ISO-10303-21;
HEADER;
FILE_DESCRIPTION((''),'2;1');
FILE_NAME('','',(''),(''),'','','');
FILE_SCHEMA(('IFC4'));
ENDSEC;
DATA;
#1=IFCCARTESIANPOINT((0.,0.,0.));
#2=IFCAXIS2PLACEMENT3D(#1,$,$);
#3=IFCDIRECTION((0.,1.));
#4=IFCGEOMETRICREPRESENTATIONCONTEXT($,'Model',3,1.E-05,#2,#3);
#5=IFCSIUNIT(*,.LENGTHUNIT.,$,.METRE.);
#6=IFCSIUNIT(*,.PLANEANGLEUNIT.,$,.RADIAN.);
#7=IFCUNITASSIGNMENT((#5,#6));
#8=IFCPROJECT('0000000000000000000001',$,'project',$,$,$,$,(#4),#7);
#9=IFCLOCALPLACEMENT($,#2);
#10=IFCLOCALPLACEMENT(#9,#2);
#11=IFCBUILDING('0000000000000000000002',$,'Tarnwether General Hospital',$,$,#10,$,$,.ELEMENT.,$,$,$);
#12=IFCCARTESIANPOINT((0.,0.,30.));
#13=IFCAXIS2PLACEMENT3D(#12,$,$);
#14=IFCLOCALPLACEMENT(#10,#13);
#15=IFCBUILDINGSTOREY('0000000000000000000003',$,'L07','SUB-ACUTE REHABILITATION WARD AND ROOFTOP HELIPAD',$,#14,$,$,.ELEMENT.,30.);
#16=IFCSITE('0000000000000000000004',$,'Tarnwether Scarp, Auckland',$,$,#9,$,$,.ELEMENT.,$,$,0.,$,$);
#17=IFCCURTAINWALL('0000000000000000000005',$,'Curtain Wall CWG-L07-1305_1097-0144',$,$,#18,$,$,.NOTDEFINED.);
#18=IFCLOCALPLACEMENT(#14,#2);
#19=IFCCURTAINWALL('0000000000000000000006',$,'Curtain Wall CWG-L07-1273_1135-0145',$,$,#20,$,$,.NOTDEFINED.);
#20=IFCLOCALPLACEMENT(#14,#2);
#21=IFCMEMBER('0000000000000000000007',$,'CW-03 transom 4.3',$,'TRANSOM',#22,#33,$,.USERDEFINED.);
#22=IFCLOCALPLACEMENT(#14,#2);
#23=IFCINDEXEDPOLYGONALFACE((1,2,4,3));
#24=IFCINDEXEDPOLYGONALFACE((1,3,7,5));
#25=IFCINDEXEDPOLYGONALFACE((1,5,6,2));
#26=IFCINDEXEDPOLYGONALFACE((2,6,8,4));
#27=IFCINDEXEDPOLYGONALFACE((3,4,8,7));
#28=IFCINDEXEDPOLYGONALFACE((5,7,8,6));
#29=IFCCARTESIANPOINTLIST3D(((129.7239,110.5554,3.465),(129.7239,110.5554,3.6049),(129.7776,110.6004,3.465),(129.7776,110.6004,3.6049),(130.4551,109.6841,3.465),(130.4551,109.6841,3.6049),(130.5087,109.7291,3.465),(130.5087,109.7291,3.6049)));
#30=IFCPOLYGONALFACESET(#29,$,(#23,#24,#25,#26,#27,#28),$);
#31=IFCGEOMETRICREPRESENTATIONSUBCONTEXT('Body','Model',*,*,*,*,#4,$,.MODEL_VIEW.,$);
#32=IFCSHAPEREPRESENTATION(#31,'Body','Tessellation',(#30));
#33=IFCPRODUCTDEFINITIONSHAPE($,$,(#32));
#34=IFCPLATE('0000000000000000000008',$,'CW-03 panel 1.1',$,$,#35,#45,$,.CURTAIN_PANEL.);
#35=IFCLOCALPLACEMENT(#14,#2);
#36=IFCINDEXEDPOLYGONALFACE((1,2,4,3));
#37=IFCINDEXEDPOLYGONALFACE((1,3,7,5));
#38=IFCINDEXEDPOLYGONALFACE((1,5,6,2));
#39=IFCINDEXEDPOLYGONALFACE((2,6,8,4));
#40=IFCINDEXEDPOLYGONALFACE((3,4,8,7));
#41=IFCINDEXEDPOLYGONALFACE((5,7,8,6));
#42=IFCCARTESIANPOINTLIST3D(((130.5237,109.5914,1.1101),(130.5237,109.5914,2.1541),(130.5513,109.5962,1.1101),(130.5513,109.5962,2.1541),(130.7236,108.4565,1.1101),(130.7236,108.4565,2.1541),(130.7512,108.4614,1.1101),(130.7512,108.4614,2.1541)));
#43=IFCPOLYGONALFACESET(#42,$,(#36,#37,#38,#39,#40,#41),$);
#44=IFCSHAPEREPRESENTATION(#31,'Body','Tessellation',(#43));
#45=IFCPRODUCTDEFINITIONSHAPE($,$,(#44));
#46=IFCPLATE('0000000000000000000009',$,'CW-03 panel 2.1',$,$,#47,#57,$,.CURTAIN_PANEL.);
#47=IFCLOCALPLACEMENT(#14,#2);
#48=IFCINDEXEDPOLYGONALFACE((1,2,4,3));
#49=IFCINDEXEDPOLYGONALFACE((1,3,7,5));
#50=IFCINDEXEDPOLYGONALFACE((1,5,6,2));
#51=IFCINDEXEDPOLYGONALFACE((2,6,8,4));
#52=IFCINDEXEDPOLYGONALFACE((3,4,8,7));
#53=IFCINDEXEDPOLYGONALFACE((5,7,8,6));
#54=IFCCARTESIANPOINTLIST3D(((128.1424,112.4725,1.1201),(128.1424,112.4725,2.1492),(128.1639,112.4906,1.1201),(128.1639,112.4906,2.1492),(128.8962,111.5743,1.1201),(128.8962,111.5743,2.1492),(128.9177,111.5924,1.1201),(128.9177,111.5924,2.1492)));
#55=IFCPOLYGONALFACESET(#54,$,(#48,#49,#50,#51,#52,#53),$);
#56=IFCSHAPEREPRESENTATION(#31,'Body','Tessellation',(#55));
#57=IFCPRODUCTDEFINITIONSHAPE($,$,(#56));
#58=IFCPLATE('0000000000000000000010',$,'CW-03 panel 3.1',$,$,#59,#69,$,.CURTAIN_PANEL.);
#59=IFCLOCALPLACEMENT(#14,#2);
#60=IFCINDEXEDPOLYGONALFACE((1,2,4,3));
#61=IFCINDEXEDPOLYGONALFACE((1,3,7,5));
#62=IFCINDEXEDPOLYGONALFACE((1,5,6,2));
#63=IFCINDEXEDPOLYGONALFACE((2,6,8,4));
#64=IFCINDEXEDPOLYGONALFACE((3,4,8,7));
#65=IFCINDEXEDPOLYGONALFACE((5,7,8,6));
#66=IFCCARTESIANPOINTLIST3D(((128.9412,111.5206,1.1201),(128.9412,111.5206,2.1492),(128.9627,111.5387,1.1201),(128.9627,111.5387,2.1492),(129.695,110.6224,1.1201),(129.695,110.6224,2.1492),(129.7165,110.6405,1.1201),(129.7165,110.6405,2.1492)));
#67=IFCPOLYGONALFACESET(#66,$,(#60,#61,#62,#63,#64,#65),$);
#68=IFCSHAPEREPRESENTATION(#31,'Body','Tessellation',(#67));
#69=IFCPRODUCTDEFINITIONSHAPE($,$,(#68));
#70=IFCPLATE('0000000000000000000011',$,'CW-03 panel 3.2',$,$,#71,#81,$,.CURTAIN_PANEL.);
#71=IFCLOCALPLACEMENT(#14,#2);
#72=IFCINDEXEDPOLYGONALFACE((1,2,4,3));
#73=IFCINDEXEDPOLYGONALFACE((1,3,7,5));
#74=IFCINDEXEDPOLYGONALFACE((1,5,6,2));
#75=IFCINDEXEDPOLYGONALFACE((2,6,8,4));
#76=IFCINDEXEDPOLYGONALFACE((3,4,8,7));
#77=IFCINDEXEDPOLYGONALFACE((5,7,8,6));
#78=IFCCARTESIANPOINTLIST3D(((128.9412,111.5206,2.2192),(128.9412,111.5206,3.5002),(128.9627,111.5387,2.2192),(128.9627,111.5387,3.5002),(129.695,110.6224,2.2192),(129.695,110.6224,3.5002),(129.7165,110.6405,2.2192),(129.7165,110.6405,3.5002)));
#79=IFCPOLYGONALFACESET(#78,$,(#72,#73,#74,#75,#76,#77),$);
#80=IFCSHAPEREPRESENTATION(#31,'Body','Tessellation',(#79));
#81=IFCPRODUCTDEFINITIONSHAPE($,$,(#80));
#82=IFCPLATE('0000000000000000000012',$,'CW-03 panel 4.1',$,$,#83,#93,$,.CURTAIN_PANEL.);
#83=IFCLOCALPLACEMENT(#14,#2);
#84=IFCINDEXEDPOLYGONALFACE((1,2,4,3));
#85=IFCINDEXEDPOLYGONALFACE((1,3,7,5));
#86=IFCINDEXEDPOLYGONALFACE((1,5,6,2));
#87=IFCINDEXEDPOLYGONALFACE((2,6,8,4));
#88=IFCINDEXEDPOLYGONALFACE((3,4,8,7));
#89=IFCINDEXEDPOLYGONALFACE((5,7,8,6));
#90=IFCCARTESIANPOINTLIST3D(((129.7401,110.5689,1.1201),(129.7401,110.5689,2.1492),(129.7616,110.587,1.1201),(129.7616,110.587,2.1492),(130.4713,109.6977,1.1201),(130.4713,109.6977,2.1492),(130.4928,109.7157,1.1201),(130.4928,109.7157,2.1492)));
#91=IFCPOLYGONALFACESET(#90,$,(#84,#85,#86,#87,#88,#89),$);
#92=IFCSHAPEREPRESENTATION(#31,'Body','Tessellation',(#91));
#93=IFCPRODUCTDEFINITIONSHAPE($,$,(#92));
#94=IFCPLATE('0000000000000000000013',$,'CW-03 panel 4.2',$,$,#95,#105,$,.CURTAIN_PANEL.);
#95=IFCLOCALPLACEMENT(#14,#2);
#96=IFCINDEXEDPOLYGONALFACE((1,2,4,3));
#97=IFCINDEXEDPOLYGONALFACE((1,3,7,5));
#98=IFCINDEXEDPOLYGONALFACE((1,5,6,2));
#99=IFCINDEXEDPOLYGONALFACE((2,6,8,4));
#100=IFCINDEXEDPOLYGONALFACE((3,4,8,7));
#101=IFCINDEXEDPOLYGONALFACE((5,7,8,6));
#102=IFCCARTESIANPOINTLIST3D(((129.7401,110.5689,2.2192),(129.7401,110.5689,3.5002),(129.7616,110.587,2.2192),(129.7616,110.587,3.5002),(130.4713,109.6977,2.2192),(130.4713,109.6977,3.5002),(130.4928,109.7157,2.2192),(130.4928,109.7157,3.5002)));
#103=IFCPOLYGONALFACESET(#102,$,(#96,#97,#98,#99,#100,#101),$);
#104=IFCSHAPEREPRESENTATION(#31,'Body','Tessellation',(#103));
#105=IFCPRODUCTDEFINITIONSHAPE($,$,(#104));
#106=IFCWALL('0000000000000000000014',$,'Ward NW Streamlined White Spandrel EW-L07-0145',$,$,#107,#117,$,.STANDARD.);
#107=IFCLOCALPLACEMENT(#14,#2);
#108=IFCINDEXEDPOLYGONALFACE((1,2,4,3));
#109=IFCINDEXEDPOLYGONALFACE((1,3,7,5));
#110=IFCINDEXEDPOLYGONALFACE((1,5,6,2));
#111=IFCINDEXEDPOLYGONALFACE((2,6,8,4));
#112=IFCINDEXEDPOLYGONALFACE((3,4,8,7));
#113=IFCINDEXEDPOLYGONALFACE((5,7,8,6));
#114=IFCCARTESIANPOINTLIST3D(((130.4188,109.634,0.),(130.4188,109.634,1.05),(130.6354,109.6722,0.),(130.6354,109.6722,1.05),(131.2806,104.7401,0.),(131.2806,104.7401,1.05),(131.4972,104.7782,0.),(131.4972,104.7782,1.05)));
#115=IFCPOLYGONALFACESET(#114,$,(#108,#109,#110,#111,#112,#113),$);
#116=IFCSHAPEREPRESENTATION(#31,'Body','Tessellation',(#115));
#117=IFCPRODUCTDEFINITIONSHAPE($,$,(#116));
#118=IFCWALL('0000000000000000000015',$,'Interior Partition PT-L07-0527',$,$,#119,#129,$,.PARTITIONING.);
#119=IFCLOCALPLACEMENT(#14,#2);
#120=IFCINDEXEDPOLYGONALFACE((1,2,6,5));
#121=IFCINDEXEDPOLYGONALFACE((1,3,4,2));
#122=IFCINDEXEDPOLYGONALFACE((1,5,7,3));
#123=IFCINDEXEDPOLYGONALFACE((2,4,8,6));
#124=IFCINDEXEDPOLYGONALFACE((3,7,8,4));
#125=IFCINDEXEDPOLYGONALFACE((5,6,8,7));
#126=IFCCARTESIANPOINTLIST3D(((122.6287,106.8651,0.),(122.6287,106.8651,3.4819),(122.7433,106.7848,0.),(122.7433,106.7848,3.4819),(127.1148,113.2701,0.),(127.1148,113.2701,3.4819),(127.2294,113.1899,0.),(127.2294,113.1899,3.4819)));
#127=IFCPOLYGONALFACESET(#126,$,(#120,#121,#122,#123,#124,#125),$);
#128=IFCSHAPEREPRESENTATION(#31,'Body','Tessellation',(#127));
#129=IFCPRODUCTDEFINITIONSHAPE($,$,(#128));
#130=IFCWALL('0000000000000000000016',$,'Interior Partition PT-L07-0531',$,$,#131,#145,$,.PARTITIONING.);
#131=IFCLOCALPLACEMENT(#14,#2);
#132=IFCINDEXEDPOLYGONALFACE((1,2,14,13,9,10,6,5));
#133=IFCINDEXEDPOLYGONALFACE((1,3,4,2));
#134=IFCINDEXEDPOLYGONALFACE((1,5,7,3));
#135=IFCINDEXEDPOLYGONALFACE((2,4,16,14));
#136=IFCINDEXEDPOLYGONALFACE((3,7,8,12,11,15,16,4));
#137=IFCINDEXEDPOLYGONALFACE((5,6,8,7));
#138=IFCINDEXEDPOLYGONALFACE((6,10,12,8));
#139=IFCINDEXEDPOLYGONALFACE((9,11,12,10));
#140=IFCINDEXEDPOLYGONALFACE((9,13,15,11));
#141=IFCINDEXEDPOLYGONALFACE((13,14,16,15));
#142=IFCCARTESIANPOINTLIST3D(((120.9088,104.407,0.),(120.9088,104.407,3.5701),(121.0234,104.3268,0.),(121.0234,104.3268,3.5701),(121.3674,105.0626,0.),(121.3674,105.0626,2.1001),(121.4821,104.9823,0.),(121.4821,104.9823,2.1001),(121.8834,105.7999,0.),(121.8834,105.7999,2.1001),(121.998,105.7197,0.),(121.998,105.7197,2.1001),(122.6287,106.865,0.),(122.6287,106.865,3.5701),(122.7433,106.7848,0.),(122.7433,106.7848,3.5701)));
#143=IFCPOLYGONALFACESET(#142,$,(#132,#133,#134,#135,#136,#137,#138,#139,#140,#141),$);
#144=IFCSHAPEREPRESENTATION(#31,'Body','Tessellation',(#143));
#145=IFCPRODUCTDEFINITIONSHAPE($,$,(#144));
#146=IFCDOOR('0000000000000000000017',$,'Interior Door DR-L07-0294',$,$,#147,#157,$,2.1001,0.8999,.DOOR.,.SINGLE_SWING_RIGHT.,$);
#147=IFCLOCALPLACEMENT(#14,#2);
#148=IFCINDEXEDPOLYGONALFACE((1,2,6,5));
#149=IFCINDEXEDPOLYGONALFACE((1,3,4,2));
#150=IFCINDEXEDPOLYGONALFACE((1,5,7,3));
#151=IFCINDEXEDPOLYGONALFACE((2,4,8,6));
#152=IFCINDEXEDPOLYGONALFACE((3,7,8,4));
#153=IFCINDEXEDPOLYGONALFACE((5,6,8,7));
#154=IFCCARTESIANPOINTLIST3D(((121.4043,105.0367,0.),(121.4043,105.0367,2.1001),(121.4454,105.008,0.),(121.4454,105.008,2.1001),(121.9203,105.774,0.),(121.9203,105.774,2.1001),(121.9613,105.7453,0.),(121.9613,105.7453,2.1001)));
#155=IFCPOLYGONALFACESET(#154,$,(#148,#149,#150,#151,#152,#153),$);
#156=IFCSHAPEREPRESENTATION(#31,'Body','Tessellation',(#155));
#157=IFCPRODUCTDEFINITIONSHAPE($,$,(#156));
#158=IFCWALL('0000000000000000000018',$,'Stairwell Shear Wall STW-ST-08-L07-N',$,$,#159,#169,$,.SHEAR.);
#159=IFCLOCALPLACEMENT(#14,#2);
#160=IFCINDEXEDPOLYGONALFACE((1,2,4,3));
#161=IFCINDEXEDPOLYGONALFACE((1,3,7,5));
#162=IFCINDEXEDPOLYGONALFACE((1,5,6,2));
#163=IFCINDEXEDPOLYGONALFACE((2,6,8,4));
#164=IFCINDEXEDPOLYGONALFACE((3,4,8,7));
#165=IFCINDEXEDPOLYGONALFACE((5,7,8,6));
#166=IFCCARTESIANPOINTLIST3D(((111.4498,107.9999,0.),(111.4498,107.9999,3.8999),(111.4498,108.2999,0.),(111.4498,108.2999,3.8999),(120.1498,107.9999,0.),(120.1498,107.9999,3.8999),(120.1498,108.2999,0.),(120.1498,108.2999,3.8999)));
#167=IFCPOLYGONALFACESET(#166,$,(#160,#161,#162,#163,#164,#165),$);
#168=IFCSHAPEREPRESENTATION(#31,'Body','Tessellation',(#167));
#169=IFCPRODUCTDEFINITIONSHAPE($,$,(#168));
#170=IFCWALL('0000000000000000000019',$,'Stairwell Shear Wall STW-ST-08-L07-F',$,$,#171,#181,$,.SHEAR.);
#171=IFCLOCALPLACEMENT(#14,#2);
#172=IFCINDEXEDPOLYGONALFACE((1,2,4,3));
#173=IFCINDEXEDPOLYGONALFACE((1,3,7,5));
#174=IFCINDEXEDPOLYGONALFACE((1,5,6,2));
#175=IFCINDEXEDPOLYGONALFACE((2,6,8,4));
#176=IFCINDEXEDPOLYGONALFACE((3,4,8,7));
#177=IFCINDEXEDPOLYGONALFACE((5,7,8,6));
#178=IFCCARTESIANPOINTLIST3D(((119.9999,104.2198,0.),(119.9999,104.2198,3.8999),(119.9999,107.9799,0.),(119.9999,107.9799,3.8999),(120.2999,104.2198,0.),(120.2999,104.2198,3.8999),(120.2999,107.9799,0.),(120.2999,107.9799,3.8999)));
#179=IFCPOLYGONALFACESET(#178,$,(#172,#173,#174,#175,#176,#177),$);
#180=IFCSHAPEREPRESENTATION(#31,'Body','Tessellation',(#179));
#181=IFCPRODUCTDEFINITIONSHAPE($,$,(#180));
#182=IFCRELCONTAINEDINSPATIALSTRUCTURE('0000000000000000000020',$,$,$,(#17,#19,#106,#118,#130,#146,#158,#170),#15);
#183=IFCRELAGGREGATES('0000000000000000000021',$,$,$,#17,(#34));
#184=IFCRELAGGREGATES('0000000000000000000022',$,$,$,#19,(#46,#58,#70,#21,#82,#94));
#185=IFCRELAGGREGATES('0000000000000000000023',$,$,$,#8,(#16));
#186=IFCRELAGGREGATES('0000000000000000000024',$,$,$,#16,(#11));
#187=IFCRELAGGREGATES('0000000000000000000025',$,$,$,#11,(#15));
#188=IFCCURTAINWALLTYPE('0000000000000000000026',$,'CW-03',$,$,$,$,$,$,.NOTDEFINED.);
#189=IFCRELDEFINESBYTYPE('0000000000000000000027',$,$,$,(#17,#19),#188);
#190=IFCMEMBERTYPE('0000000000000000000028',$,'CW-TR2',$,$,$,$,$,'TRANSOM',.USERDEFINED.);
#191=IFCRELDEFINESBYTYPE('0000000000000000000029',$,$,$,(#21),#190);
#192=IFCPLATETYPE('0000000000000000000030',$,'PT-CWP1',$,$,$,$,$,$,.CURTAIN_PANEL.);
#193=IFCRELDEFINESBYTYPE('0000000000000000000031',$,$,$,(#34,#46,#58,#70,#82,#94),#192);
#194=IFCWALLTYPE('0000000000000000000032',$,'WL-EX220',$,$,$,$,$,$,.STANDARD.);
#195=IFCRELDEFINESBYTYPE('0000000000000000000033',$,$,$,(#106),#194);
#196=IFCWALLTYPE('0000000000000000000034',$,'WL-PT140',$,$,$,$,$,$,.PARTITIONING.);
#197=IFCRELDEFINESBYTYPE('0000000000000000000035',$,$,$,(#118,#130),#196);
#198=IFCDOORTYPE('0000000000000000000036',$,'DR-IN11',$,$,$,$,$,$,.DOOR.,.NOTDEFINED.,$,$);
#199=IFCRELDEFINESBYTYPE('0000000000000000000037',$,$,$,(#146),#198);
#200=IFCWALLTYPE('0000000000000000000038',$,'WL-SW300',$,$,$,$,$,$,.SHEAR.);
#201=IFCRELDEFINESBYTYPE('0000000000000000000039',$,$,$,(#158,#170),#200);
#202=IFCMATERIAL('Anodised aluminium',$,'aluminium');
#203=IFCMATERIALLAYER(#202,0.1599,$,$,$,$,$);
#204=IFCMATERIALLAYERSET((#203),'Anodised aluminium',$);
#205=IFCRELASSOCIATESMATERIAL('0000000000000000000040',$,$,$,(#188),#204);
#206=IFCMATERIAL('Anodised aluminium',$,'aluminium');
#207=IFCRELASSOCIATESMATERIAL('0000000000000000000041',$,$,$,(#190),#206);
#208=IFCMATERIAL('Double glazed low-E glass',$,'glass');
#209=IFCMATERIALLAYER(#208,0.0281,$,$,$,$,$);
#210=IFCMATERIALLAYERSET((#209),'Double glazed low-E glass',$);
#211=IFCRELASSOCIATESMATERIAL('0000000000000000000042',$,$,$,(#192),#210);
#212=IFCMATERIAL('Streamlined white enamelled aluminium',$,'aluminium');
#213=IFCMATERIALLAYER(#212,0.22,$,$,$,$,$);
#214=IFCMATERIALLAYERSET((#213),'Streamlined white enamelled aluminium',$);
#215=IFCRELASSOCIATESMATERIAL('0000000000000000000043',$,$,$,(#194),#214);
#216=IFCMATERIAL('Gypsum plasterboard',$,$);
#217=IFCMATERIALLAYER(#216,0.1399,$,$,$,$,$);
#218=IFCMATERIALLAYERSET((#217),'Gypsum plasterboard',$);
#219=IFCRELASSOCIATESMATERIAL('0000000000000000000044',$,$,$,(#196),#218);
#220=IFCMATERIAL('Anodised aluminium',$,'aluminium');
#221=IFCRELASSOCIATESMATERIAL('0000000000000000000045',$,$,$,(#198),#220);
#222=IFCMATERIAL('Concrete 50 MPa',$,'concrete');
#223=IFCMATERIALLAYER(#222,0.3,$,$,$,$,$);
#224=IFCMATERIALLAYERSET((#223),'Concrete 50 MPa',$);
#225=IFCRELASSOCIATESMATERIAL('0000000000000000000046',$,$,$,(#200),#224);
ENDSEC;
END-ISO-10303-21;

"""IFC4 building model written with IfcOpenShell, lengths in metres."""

from ifc_helpers import new_model, si_unit, direction, frame, frame_2d, origin, origin_2d, place, context, subcontext, project, spatial, rectangle, extrude, material, layer, layer_set, material_profile, profile_set, type_object, element, fill, aggregate, save


model = new_model("IFC4")

# Units and contexts
model_context = context("Model", 3, precision=1e-05, world=origin(), true_north=direction((0.0, 1.0)))
body_context = subcontext(model_context, "Body", "Model", "MODEL_VIEW")
ifc_project = project(units=[si_unit("LENGTHUNIT", "METRE"), si_unit("PLANEANGLEUNIT", "RADIAN")], contexts=[model_context])

# Site, building, storey
site_placement = place(None, origin())
site = spatial("IfcSite", under=ifc_project, at=site_placement, Name="Tarnwether Scarp, Auckland", CompositionType="ELEMENT", RefElevation=0.0)
building_placement = place(site_placement, origin())
building = spatial("IfcBuilding", under=site, at=building_placement, Name="Tarnwether General Hospital", CompositionType="ELEMENT")
storey_placement = place(building_placement, frame((0.0, 0.0, 30.0)))
storey = spatial("IfcBuildingStorey", under=building, at=storey_placement, Name="L07", Description="SUB-ACUTE REHABILITATION WARD AND ROOFTOP HELIPAD", CompositionType="ELEMENT", Elevation=30.0)

# Curtain wall
ifc_material_1 = material(Name="Anodised aluminium", Category="aluminium")
ifc_layer_1 = layer(ifc_material_1, 0.1599)
ifc_layer_set_1 = layer_set([ifc_layer_1], Name="Anodised aluminium")
curtain_wall_type = type_object("IfcCurtainWallType", Name="CW-03", PredefinedType="NOTDEFINED", material=ifc_layer_set_1)
curtain_wall_1_placement = place(storey_placement, origin())
curtain_wall_1 = element("IfcCurtainWall", 1, at=curtain_wall_1_placement, inside=storey, type_object=curtain_wall_type, Name="Curtain Wall CWG-L07-1305_1097-0144", PredefinedType="NOTDEFINED")

# Curtain wall
curtain_wall_2_placement = place(storey_placement, origin())
curtain_wall_2 = element("IfcCurtainWall", 2, at=curtain_wall_2_placement, inside=storey, type_object=curtain_wall_type, Name="Curtain Wall CWG-L07-1273_1135-0145", PredefinedType="NOTDEFINED")

# Member
ifc_material_2 = material(Name="Anodised aluminium", Category="aluminium")
ifc_material_profile_1 = material_profile(ifc_material_2, rectangle(XDim=0.0701, YDim=0.1399, at=origin_2d()), Name="ALU-TRN-70x140")
ifc_profile_set_1 = profile_set([ifc_material_profile_1], Name="Anodised aluminium")
member_type_1 = type_object("IfcMemberType", Name="CW-TR2", ElementType="TRANSOM", PredefinedType="USERDEFINED", material=ifc_profile_set_1)
member_1_placement = place(storey_placement, frame((129.7507, 110.5779, 3.5349), z_axis=(0.64282, -0.766018, 0.0), x_axis=(0.766018, 0.64282, 0.0)))
member_1 = element("IfcMember", 3, at=member_1_placement, type_object=member_type_1, Name="CW-03 transom 4.3", ObjectType="TRANSOM", PredefinedType="USERDEFINED", context=body_context, shape_type="SweptSolid", body=[
    extrude(rectangle(XDim=0.0701, YDim=0.1399, at=origin_2d()), origin(), (0.0, 0.0, 1.0), 1.1375),
])

# Plates
ifc_material_3 = material(Name="Double glazed low-E glass", Category="glass")
ifc_layer_2 = layer(ifc_material_3, 0.0281)
ifc_layer_set_2 = layer_set([ifc_layer_2], Name="Double glazed low-E glass")
plate_type = type_object("IfcPlateType", Name="PT-CWP1", PredefinedType="CURTAIN_PANEL", material=ifc_layer_set_2)
plate_1_placement = place(storey_placement, frame((130.6375, 109.0264, 1.1101), z_axis=(0.0, 0.0, 1.0), x_axis=(0.173464, -0.98484, 0.0)))
plate_1 = element("IfcPlate", 4, at=plate_1_placement, type_object=plate_type, Name="CW-03 panel 1.1", PredefinedType="CURTAIN_PANEL", context=body_context, shape_type="SweptSolid", body=[
    extrude(rectangle(XDim=1.1523, YDim=0.0281, at=origin_2d()), origin(), (0.0, 0.0, 1.0), 1.0439),
])
aggregate(curtain_wall_1, [plate_1])
plate_2_placement = place(storey_placement, frame((128.53, 112.0325, 1.1201), z_axis=(0.0, 0.0, 1.0), x_axis=(0.642852, -0.76599, 0.0)))
plate_2 = element("IfcPlate", 5, at=plate_2_placement, type_object=plate_type, Name="CW-03 panel 2.1", PredefinedType="CURTAIN_PANEL", context=body_context, shape_type="SweptSolid", body=[
    extrude(rectangle(XDim=1.1726, YDim=0.0281, at=origin_2d()), origin(), (0.0, 0.0, 1.0), 1.0291),
])
plate_3_placement = place(storey_placement, frame((129.3289, 111.0806, 1.1201), z_axis=(0.0, 0.0, 1.0), x_axis=(0.642852, -0.76599, 0.0)))
plate_3 = element("IfcPlate", 6, at=plate_3_placement, type_object=plate_type, Name="CW-03 panel 3.1", PredefinedType="CURTAIN_PANEL", context=body_context, shape_type="SweptSolid", body=[
    extrude(rectangle(XDim=1.1726, YDim=0.0281, at=origin_2d()), origin(), (0.0, 0.0, 1.0), 1.0291),
])
plate_4_placement = place(storey_placement, frame((129.3289, 111.0806, 2.2192), z_axis=(0.0, 0.0, 1.0), x_axis=(0.642852, -0.76599, 0.0)))
plate_4 = element("IfcPlate", 7, at=plate_4_placement, type_object=plate_type, Name="CW-03 panel 3.2", PredefinedType="CURTAIN_PANEL", context=body_context, shape_type="SweptSolid", body=[
    extrude(rectangle(XDim=1.1726, YDim=0.0281, at=origin_2d()), origin(), (0.0, 0.0, 1.0), 1.281),
])
plate_5_placement = place(storey_placement, frame((130.1165, 110.1423, 1.1201), z_axis=(0.0, 0.0, 1.0), x_axis=(0.642852, -0.76599, 0.0)))
plate_5 = element("IfcPlate", 8, at=plate_5_placement, type_object=plate_type, Name="CW-03 panel 4.1", PredefinedType="CURTAIN_PANEL", context=body_context, shape_type="SweptSolid", body=[
    extrude(rectangle(XDim=1.1375, YDim=0.0281, at=origin_2d()), origin(), (0.0, 0.0, 1.0), 1.0291),
])
plate_6_placement = place(storey_placement, frame((130.1165, 110.1423, 2.2192), z_axis=(0.0, 0.0, 1.0), x_axis=(0.642852, -0.76599, 0.0)))
plate_6 = element("IfcPlate", 9, at=plate_6_placement, type_object=plate_type, Name="CW-03 panel 4.2", PredefinedType="CURTAIN_PANEL", context=body_context, shape_type="SweptSolid", body=[
    extrude(rectangle(XDim=1.1375, YDim=0.0281, at=origin_2d()), origin(), (0.0, 0.0, 1.0), 1.281),
])
aggregate(curtain_wall_2, [plate_2, plate_3, plate_4, member_1, plate_5, plate_6])

# Walls
ifc_material_4 = material(Name="Streamlined white enamelled aluminium", Category="aluminium")
ifc_layer_3 = layer(ifc_material_4, 0.22)
ifc_layer_set_3 = layer_set([ifc_layer_3], Name="Streamlined white enamelled aluminium")
wall_type_1 = type_object("IfcWallType", Name="WL-EX220", PredefinedType="STANDARD", material=ifc_layer_set_3)
wall_1_placement = place(storey_placement, frame((130.5271, 109.6531, 0.0), z_axis=(0.0, 0.0, 1.0), x_axis=(0.173427, -0.984847, 0.0)))
element("IfcWall", 10, at=wall_1_placement, inside=storey, type_object=wall_type_1, Name="Ward NW Streamlined White Spandrel EW-L07-0145", PredefinedType="STANDARD", context=body_context, shape_type="SweptSolid", body=[
    extrude(rectangle(XDim=4.9692, YDim=0.22, at=frame_2d((2.4846, 0.0))), origin(), (0.0, 0.0, 1.0), 1.05),
])
ifc_material_5 = material(Name="Gypsum plasterboard")
ifc_layer_4 = layer(ifc_material_5, 0.1399)
ifc_layer_set_4 = layer_set([ifc_layer_4], Name="Gypsum plasterboard")
wall_type_2 = type_object("IfcWallType", Name="WL-PT140", PredefinedType="PARTITIONING", material=ifc_layer_set_4)
wall_2_placement = place(storey_placement, frame((122.686, 106.825, 0.0), z_axis=(0.0, 0.0, 1.0), x_axis=(0.573682, 0.819078, 0.0)))
element("IfcWall", 11, at=wall_2_placement, inside=storey, type_object=wall_type_2, Name="Interior Partition PT-L07-0527", PredefinedType="PARTITIONING", context=body_context, shape_type="SweptSolid", body=[
    extrude(rectangle(XDim=7.8198, YDim=0.1399, at=frame_2d((3.9099, 0.0))), origin(), (0.0, 0.0, 1.0), 3.4819),
])

# Wall, opening, door
wall_3_placement = place(storey_placement, frame((120.9661, 104.3669, 0.0), z_axis=(0.0, 0.0, 1.0), x_axis=(0.57332, 0.819331, 0.0)))
wall_3 = element("IfcWall", 12, at=wall_3_placement, inside=storey, type_object=wall_type_2, Name="Interior Partition PT-L07-0531", PredefinedType="PARTITIONING", context=body_context, shape_type="SweptSolid", body=[
    extrude(rectangle(XDim=3.0, YDim=0.1399, at=frame_2d((1.5, 0.0))), origin(), (0.0, 0.0, 1.0), 3.5701),
])
opening_placement = place(wall_3_placement, frame((0.8, 0.0, 0.0)))
opening = element("IfcOpeningElement", 13, at=opening_placement, cuts=wall_3, PredefinedType="OPENING", context=body_context, shape_type="SweptSolid", body=[
    extrude(rectangle(XDim=0.8999, YDim=2.1001, at=frame_2d((0.45, 1.05))), frame((0.0, 0.0801, 0.0), z_axis=(0.0, -1.0, 0.0), x_axis=(1.0, 0.0, 0.0)), (0.0, 0.0, 1.0), 0.1599),
])
ifc_material_6 = material(Name="Anodised aluminium", Category="aluminium")
door_type = type_object("IfcDoorType", Name="DR-IN11", OperationType="NOTDEFINED", PredefinedType="DOOR", material=ifc_material_6)
door_placement = place(opening_placement, origin())
door = element("IfcDoor", 14, at=door_placement, inside=storey, type_object=door_type, Name="Interior Door DR-L07-0294", OperationType="SINGLE_SWING_RIGHT", OverallHeight=2.1001, OverallWidth=0.8999, PredefinedType="DOOR", context=body_context, shape_type="SweptSolid", body=[
    extrude(rectangle(XDim=0.8999, YDim=2.1001, at=frame_2d((0.45, 1.05))), frame((0.0, 0.0249, 0.0), z_axis=(0.0, -1.0, 0.0), x_axis=(1.0, 0.0, 0.0)), (0.0, 0.0, 1.0), 0.05),
])
fill(opening, door)

# Walls
ifc_material_7 = material(Name="Concrete 50 MPa", Category="concrete")
ifc_layer_5 = layer(ifc_material_7, 0.3)
ifc_layer_set_5 = layer_set([ifc_layer_5], Name="Concrete 50 MPa")
wall_type_3 = type_object("IfcWallType", Name="WL-SW300", PredefinedType="SHEAR", material=ifc_layer_set_5)
wall_4_placement = place(storey_placement, frame((120.1499, 108.1499, 0.0), z_axis=(0.0, 0.0, 1.0), x_axis=(-1.0, 0.0, 0.0)))
element("IfcWall", 15, at=wall_4_placement, inside=storey, type_object=wall_type_3, Name="Stairwell Shear Wall STW-ST-08-L07-N", PredefinedType="SHEAR", context=body_context, shape_type="SweptSolid", body=[
    extrude(rectangle(XDim=8.7, YDim=0.3, at=frame_2d((4.3501, 0.0))), origin(), (0.0, 0.0, 1.0), 3.8999),
])
wall_5_placement = place(storey_placement, frame((120.1499, 104.22, 0.0), z_axis=(0.0, 0.0, 1.0), x_axis=(0.0, 1.0, 0.0)))
element("IfcWall", 16, at=wall_5_placement, inside=storey, type_object=wall_type_3, Name="Stairwell Shear Wall STW-ST-08-L07-F", PredefinedType="SHEAR", context=body_context, shape_type="SweptSolid", body=[
    extrude(rectangle(XDim=3.76, YDim=0.3, at=frame_2d((1.8799, 0.0))), origin(), (0.0, 0.0, 1.0), 3.8999),
])

save(model, "model.ifc")
